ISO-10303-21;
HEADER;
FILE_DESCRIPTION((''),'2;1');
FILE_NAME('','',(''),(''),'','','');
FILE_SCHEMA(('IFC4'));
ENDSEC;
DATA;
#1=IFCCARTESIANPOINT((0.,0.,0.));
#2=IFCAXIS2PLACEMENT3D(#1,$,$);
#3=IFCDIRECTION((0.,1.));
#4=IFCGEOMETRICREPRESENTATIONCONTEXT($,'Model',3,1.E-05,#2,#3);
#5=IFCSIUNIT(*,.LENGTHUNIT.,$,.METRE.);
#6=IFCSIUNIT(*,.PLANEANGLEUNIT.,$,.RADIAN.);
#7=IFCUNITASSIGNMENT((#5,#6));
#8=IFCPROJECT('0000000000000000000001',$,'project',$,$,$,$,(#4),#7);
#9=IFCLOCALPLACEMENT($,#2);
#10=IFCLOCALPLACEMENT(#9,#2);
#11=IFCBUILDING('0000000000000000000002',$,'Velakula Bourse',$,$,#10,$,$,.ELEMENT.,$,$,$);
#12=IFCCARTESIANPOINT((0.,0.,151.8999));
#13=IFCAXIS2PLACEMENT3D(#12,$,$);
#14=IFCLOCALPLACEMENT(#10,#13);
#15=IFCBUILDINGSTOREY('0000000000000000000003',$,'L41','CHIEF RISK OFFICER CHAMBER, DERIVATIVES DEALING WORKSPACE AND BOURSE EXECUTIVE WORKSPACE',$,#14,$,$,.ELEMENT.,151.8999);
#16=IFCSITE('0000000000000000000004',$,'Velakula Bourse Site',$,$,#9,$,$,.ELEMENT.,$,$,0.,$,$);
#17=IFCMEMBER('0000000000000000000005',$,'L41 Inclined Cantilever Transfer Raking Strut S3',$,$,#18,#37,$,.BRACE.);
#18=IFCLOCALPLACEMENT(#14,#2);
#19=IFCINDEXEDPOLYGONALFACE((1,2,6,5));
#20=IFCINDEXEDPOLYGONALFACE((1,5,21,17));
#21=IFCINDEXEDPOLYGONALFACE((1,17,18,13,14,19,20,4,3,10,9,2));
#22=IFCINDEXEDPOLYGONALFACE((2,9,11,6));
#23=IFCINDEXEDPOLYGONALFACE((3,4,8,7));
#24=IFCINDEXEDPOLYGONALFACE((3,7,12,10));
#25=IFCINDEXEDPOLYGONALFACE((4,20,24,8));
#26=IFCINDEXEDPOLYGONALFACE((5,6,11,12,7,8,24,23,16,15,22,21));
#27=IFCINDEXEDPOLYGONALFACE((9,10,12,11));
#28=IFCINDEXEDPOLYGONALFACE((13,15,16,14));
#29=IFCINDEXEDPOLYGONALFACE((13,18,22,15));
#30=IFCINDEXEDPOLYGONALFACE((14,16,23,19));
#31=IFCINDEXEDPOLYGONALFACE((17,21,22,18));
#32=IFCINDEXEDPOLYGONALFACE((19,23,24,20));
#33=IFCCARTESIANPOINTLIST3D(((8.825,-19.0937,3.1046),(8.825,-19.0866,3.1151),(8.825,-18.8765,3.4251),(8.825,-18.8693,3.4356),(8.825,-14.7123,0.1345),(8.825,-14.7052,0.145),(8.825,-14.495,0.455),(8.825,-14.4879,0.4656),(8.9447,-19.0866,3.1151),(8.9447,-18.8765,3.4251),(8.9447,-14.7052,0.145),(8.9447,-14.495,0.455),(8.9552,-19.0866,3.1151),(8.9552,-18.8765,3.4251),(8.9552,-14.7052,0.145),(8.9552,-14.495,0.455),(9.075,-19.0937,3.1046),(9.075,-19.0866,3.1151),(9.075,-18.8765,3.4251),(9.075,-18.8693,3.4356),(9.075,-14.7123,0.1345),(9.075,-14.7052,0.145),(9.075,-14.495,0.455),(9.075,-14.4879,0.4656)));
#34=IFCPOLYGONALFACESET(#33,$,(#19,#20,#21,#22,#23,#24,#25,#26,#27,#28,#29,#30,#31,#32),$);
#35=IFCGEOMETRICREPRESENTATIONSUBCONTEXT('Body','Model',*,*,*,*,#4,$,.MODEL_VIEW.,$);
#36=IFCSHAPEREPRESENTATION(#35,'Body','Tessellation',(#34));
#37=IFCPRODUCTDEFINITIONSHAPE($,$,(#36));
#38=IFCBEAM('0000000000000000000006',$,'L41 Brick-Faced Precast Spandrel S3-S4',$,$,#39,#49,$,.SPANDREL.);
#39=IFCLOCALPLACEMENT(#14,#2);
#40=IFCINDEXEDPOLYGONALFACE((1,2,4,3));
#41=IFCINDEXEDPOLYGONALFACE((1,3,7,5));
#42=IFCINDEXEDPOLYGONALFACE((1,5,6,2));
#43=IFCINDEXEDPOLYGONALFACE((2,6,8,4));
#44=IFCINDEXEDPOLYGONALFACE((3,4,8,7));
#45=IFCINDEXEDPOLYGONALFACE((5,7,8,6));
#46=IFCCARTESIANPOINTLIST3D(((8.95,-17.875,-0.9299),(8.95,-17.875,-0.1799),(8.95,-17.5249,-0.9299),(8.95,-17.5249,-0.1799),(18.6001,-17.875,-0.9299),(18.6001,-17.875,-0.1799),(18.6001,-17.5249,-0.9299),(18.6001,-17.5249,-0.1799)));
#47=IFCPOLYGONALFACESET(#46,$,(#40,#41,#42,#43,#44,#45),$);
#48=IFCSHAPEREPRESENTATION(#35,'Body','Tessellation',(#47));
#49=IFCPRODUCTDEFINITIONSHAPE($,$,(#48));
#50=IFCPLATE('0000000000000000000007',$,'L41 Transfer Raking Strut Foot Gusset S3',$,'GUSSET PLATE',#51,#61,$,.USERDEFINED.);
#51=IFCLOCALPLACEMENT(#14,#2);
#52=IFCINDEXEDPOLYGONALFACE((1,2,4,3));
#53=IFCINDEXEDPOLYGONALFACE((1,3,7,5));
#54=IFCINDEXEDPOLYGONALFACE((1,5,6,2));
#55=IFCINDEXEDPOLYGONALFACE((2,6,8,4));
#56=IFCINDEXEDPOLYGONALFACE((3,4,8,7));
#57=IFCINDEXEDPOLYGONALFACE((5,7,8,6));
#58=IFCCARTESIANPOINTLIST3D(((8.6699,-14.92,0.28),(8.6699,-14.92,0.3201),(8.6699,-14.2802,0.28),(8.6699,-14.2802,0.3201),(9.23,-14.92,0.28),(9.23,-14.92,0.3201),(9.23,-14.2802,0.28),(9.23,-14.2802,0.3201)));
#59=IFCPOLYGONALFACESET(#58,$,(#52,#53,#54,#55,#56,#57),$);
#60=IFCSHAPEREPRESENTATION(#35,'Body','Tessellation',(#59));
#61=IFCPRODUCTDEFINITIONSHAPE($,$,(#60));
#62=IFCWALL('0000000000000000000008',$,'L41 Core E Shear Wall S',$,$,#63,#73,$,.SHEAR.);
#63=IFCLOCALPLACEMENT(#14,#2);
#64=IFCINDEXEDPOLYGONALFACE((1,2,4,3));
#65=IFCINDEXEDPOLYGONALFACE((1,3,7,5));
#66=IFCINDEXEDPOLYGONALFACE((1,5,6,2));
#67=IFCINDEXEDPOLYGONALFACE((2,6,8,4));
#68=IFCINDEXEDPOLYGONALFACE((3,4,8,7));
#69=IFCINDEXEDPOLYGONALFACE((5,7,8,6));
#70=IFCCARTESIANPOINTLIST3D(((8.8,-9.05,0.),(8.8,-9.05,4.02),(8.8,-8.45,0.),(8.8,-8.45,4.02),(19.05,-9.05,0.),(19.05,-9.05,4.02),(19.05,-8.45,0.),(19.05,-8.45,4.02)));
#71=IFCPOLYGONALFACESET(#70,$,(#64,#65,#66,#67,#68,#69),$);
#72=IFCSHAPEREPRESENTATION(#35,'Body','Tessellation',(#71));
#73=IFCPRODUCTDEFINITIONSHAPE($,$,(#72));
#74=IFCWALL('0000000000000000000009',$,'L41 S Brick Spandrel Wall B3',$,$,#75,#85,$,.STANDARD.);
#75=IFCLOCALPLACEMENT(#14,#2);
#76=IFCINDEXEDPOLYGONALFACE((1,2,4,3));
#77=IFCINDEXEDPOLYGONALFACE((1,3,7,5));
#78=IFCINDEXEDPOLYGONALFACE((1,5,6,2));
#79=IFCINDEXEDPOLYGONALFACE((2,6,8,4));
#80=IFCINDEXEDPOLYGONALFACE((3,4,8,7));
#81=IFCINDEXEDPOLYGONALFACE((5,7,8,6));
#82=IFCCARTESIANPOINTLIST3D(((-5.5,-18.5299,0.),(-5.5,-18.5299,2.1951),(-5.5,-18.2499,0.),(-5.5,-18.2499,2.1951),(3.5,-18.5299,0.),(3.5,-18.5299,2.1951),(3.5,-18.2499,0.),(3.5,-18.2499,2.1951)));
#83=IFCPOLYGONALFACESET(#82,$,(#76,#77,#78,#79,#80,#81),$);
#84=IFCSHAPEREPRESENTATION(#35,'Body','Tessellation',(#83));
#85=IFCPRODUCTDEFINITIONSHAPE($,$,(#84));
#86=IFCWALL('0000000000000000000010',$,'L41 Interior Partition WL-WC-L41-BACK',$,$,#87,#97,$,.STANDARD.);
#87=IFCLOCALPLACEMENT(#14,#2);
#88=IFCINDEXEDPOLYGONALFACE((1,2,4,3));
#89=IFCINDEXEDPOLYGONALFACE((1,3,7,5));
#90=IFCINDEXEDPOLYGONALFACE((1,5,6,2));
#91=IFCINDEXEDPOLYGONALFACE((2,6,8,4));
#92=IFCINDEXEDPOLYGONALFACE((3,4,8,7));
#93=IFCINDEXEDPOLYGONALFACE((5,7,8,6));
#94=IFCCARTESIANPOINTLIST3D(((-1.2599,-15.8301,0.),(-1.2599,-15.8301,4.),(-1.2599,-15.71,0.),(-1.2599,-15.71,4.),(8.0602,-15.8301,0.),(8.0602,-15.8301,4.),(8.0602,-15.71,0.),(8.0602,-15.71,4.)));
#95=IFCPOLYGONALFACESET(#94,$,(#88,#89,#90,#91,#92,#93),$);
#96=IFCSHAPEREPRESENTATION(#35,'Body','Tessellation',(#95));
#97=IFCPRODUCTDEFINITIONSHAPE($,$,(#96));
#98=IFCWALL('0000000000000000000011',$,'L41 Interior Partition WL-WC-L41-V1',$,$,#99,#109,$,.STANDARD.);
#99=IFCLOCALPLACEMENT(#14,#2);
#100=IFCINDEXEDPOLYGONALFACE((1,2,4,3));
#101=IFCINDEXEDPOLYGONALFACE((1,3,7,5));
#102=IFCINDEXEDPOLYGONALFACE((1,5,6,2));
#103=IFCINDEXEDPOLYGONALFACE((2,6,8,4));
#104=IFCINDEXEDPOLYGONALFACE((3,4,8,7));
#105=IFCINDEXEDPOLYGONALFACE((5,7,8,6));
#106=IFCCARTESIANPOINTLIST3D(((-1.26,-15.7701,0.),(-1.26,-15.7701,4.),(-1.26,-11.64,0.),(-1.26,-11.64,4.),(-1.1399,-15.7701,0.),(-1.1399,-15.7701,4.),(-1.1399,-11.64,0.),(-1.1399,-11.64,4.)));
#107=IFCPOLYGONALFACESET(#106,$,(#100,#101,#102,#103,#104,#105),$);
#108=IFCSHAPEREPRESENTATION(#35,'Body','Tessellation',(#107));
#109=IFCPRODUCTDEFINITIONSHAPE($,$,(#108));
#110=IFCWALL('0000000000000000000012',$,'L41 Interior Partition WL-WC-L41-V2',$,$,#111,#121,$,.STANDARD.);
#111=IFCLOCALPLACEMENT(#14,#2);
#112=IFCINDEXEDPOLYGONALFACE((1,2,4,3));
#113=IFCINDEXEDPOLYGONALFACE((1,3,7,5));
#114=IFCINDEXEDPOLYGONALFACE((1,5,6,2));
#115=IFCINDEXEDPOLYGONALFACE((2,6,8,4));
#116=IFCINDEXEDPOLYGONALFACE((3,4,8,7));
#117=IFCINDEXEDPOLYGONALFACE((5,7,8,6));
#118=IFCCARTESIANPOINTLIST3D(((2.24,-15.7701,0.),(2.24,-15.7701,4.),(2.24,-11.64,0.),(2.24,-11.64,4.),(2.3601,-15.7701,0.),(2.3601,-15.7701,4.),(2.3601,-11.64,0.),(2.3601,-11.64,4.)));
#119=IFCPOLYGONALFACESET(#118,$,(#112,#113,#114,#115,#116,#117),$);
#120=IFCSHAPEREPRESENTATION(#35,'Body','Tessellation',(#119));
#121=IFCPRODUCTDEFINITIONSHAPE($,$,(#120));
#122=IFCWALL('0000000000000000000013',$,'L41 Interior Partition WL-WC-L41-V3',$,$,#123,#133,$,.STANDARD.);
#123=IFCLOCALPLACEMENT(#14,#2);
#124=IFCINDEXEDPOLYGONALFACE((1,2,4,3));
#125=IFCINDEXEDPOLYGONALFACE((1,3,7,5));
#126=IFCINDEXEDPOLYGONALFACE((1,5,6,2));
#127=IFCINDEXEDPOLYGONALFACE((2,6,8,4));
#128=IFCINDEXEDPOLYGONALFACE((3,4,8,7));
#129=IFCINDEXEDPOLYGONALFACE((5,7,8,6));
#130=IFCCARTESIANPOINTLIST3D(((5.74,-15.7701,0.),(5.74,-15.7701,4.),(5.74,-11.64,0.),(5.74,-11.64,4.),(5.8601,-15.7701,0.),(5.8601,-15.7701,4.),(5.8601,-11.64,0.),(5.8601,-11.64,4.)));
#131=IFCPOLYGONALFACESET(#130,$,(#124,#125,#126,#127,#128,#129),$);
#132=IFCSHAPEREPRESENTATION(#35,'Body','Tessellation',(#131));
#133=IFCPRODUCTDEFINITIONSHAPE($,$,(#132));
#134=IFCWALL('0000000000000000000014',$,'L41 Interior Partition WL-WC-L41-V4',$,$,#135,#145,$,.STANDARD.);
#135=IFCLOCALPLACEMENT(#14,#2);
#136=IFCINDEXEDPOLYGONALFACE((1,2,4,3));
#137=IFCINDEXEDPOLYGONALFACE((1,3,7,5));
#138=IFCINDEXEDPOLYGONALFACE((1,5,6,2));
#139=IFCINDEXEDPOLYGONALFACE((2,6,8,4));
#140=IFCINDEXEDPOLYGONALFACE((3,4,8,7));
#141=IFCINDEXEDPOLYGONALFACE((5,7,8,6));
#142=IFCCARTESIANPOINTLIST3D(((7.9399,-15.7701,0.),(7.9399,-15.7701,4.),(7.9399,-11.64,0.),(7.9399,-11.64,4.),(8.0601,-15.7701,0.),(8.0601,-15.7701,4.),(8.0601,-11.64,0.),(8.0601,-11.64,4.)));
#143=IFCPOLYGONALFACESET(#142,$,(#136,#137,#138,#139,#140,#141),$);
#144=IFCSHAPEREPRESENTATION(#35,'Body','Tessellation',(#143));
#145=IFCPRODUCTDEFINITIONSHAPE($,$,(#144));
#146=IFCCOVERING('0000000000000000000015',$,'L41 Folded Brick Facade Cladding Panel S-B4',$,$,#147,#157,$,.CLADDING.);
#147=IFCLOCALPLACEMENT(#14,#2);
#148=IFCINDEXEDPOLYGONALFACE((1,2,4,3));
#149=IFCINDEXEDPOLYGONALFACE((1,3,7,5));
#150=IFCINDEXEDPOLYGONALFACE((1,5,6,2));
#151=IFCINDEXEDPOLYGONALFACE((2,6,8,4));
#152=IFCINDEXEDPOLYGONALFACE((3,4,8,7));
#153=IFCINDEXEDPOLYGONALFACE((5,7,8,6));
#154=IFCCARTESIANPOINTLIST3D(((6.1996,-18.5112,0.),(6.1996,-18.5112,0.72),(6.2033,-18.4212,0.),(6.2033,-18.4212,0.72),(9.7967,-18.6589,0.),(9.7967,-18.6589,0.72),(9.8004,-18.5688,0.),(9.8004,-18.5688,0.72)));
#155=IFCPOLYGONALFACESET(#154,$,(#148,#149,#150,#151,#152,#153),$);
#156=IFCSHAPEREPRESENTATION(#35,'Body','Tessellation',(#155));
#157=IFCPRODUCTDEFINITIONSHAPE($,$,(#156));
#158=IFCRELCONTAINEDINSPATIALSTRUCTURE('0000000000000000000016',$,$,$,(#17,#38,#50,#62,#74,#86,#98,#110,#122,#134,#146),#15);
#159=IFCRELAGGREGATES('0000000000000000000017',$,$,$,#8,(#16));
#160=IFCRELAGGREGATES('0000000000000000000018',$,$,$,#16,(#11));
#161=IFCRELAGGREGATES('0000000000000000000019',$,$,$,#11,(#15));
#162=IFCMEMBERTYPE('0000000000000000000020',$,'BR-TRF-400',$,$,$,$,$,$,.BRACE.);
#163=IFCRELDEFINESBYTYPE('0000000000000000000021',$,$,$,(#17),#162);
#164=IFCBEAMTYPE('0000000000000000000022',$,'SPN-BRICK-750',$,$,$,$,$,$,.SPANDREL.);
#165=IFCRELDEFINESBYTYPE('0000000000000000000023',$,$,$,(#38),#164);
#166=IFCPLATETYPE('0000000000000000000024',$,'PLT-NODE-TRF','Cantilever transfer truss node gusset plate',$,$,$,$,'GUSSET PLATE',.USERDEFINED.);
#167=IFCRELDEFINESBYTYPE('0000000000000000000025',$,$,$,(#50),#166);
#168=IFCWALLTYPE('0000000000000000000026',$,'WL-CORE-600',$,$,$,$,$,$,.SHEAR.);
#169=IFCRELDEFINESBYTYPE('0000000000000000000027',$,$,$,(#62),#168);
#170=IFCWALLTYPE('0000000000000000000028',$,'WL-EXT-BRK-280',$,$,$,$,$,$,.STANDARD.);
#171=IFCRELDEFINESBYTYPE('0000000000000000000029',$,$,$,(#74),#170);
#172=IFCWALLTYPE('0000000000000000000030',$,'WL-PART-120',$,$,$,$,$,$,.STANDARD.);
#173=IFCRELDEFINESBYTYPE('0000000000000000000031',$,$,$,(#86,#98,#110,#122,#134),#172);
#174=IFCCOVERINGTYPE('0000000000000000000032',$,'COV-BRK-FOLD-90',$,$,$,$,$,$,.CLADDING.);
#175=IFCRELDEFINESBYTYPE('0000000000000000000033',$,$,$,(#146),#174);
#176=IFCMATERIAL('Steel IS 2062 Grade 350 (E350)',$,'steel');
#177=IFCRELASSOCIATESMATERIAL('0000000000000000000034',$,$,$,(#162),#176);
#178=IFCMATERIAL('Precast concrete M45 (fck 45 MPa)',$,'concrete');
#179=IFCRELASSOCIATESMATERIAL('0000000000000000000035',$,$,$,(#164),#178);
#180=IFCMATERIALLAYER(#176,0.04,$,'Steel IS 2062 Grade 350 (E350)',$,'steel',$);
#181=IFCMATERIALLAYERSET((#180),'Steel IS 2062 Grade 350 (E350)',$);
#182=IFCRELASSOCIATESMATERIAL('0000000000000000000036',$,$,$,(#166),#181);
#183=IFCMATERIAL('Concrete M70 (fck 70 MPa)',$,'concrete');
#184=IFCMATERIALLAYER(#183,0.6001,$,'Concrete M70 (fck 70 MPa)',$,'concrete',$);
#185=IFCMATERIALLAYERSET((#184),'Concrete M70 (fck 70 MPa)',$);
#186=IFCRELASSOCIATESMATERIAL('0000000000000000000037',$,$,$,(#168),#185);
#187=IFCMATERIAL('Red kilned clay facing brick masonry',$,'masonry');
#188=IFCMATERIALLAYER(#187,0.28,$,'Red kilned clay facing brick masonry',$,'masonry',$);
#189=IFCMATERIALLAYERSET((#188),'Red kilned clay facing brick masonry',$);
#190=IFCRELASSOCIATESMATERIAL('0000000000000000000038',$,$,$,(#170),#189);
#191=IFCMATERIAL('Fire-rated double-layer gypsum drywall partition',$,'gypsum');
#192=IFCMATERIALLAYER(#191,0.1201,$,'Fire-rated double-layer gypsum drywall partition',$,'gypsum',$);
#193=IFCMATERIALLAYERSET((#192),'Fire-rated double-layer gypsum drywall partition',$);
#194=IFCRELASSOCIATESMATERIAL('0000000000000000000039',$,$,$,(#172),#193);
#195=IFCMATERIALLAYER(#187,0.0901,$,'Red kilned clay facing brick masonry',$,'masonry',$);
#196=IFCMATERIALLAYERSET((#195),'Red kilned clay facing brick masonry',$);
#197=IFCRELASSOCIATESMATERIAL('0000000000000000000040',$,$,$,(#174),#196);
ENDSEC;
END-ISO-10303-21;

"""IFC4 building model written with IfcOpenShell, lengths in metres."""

from ifc_helpers import new_model, si_unit, direction, frame, frame_2d, origin, origin_2d, place, context, subcontext, project, spatial, rectangle, i_section, extrude, material, layer, layer_set, material_profile, profile_set, type_object, element, save


model = new_model("IFC4")

# Units and contexts
model_context = context("Model", 3, precision=1e-05, world=origin(), true_north=direction((0.0, 1.0)))
body_context = subcontext(model_context, "Body", "Model", "MODEL_VIEW")
ifc_project = project(units=[si_unit("LENGTHUNIT", "METRE"), si_unit("PLANEANGLEUNIT", "RADIAN")], contexts=[model_context])

# Site, building, storey
site_placement = place(None, origin())
site = spatial("IfcSite", under=ifc_project, at=site_placement, Name="Velakula Bourse Site", CompositionType="ELEMENT", RefElevation=0.0)
building_placement = place(site_placement, origin())
building = spatial("IfcBuilding", under=site, at=building_placement, Name="Velakula Bourse", CompositionType="ELEMENT")
storey_placement = place(building_placement, frame((0.0, 0.0, 151.8999)))
storey = spatial("IfcBuildingStorey", under=building, at=storey_placement, Name="L41", Description="CHIEF RISK OFFICER CHAMBER, DERIVATIVES DEALING WORKSPACE AND BOURSE EXECUTIVE WORKSPACE", CompositionType="ELEMENT", Elevation=151.8999)

# Shared definitions
ifc_material_1 = material(Name="Concrete M70 (fck 70 MPa)", Category="concrete")
ifc_material_2 = material(Name="Steel IS 2062 Grade 350 (E350)", Category="steel")

# Member
ifc_material_profile_1 = material_profile(ifc_material_2, i_section(OverallWidth=0.25, OverallDepth=0.3999, WebThickness=0.0105, FlangeThickness=0.0127, at=origin_2d()), Name="Steel IS 2062 Grade 350 (E350)")
ifc_profile_set_1 = profile_set([ifc_material_profile_1], Name="Steel IS 2062 Grade 350 (E350)")
member_type = type_object("IfcMemberType", Name="BR-TRF-400", PredefinedType="BRACE", material=ifc_profile_set_1)
member_placement = place(storey_placement, frame((8.95, -14.6001, 0.3), z_axis=(0.0, -0.827747, 0.561102), x_axis=(1.0, 0.0, 0.0)))
element("IfcMember", 1, at=member_placement, inside=storey, type_object=member_type, Name="L41 Inclined Cantilever Transfer Raking Strut S3", PredefinedType="BRACE", context=body_context, shape_type="SweptSolid", body=[
    extrude(i_section(OverallWidth=0.25, OverallDepth=0.3999, WebThickness=0.0105, FlangeThickness=0.0127, at=origin_2d()), origin(), (0.0, 0.0, 1.0), 5.2932),
])

# Beam
ifc_material_3 = material(Name="Precast concrete M45 (fck 45 MPa)", Category="concrete")
ifc_material_profile_2 = material_profile(ifc_material_3, rectangle(XDim=0.3501, YDim=0.75, at=origin_2d()), Name="Precast concrete M45 (fck 45 MPa)")
ifc_profile_set_2 = profile_set([ifc_material_profile_2], Name="Precast concrete M45 (fck 45 MPa)")
beam_type_1 = type_object("IfcBeamType", Name="SPN-BRICK-750", PredefinedType="SPANDREL", material=ifc_profile_set_2)
beam_1_placement = place(storey_placement, frame((8.95, -17.7, -0.5549), z_axis=(1.0, 0.0, 0.0), x_axis=(0.0, 1.0, 0.0)))
element("IfcBeam", 2, at=beam_1_placement, inside=storey, type_object=beam_type_1, Name="L41 Brick-Faced Precast Spandrel S3-S4", PredefinedType="SPANDREL", context=body_context, shape_type="SweptSolid", body=[
    extrude(rectangle(XDim=0.3501, YDim=0.75, at=origin_2d()), origin(), (0.0, 0.0, 1.0), 9.6501),
])

# Plate
ifc_layer_1 = layer(ifc_material_2, 0.04, Name="Steel IS 2062 Grade 350 (E350)", Category="steel")
ifc_layer_set_1 = layer_set([ifc_layer_1], Name="Steel IS 2062 Grade 350 (E350)")
plate_type = type_object("IfcPlateType", Name="PLT-NODE-TRF", Description="Cantilever transfer truss node gusset plate", ElementType="GUSSET PLATE", PredefinedType="USERDEFINED", material=ifc_layer_set_1)
plate_placement = place(storey_placement, frame((8.95, -14.6001, 0.28), z_axis=(0.0, 0.0, 1.0), x_axis=(0.0, -1.0, 0.0)))
element("IfcPlate", 3, at=plate_placement, inside=storey, type_object=plate_type, Name="L41 Transfer Raking Strut Foot Gusset S3", ObjectType="GUSSET PLATE", PredefinedType="USERDEFINED", context=body_context, shape_type="SweptSolid", body=[
    extrude(rectangle(XDim=0.6399, YDim=0.5601, at=origin_2d()), origin(), (0.0, 0.0, 1.0), 0.04),
])

# Walls
ifc_layer_2 = layer(ifc_material_1, 0.6001, Name="Concrete M70 (fck 70 MPa)", Category="concrete")
ifc_layer_set_2 = layer_set([ifc_layer_2], Name="Concrete M70 (fck 70 MPa)")
wall_type_1 = type_object("IfcWallType", Name="WL-CORE-600", PredefinedType="SHEAR", material=ifc_layer_set_2)
wall_1_placement = place(storey_placement, frame((8.8, -8.75, 0.0), z_axis=(0.0, 0.0, 1.0), x_axis=(1.0, 0.0, 0.0)))
element("IfcWall", 4, at=wall_1_placement, inside=storey, type_object=wall_type_1, Name="L41 Core E Shear Wall S", PredefinedType="SHEAR", context=body_context, shape_type="SweptSolid", body=[
    extrude(rectangle(XDim=10.25, YDim=0.6001, at=frame_2d((5.125, 0.0))), origin(), (0.0, 0.0, 1.0), 4.02),
])
ifc_material_4 = material(Name="Red kilned clay facing brick masonry", Category="masonry")
ifc_layer_3 = layer(ifc_material_4, 0.28, Name="Red kilned clay facing brick masonry", Category="masonry")
ifc_layer_set_3 = layer_set([ifc_layer_3], Name="Red kilned clay facing brick masonry")
wall_type_2 = type_object("IfcWallType", Name="WL-EXT-BRK-280", PredefinedType="STANDARD", material=ifc_layer_set_3)
wall_2_placement = place(storey_placement, frame((3.5, -18.3899, 0.0), z_axis=(0.0, 0.0, 1.0), x_axis=(-1.0, 0.0, 0.0)))
element("IfcWall", 5, at=wall_2_placement, inside=storey, type_object=wall_type_2, Name="L41 S Brick Spandrel Wall B3", PredefinedType="STANDARD", context=body_context, shape_type="SweptSolid", body=[
    extrude(rectangle(XDim=9.0, YDim=0.28, at=frame_2d((4.5, 0.0))), origin(), (0.0, 0.0, 1.0), 2.1951),
])
ifc_material_5 = material(Name="Fire-rated double-layer gypsum drywall partition", Category="gypsum")
ifc_layer_4 = layer(ifc_material_5, 0.1201, Name="Fire-rated double-layer gypsum drywall partition", Category="gypsum")
ifc_layer_set_4 = layer_set([ifc_layer_4], Name="Fire-rated double-layer gypsum drywall partition")
wall_type_3 = type_object("IfcWallType", Name="WL-PART-120", PredefinedType="STANDARD", material=ifc_layer_set_4)
wall_3_placement = place(storey_placement, frame((-1.26, -15.77, 0.0), z_axis=(0.0, 0.0, 1.0), x_axis=(1.0, 0.0, 0.0)))
element("IfcWall", 6, at=wall_3_placement, inside=storey, type_object=wall_type_3, Name="L41 Interior Partition WL-WC-L41-BACK", PredefinedType="STANDARD", context=body_context, shape_type="SweptSolid", body=[
    extrude(rectangle(XDim=9.3201, YDim=0.1201, at=frame_2d((4.6602, 0.0))), origin(), (0.0, 0.0, 1.0), 4.0),
])
for number, where, z_axis, x_axis, name in (
    (7, (-1.2, -15.77, 0.0), (0.0, 0.0, 1.0), (0.0, 1.0, 0.0), "L41 Interior Partition WL-WC-L41-V1"),
    (8, (2.3, -15.77, 0.0), (0.0, 0.0, 1.0), (0.0, 1.0, 0.0), "L41 Interior Partition WL-WC-L41-V2"),
    (9, (5.8, -15.77, 0.0), (0.0, 0.0, 1.0), (0.0, 1.0, 0.0), "L41 Interior Partition WL-WC-L41-V3"),
    (10, (8.0, -15.77, 0.0), (0.0, 0.0, 1.0), (0.0, 1.0, 0.0), "L41 Interior Partition WL-WC-L41-V4"),
):
    element("IfcWall", number, at=place(storey_placement, frame(where, z_axis=z_axis, x_axis=x_axis)), inside=storey, type_object=wall_type_3, Name=name, PredefinedType="STANDARD", context=body_context, shape_type="SweptSolid", body=[
        extrude(rectangle(XDim=4.1301, YDim=0.1201, at=frame_2d((2.0649, 0.0))), origin(), (0.0, 0.0, 1.0), 4.0),
    ])

# Covering
ifc_layer_5 = layer(ifc_material_4, 0.0901, Name="Red kilned clay facing brick masonry", Category="masonry")
ifc_layer_set_5 = layer_set([ifc_layer_5], Name="Red kilned clay facing brick masonry")
covering_type = type_object("IfcCoveringType", Name="COV-BRK-FOLD-90", PredefinedType="CLADDING", material=ifc_layer_set_5)
covering_placement = place(storey_placement, frame((8.0, -18.54, 0.0), z_axis=(0.0, 0.0, 1.0), x_axis=(0.999159, -0.041004, 0.0)))
element("IfcCovering", 11, at=covering_placement, inside=storey, type_object=covering_type, Name="L41 Folded Brick Facade Cladding Panel S-B4", PredefinedType="CLADDING", context=body_context, shape_type="SweptSolid", body=[
    extrude(rectangle(XDim=3.6001, YDim=0.0901, at=origin_2d()), origin(), (0.0, 0.0, 1.0), 0.72),
])

save(model, "model.ifc")
